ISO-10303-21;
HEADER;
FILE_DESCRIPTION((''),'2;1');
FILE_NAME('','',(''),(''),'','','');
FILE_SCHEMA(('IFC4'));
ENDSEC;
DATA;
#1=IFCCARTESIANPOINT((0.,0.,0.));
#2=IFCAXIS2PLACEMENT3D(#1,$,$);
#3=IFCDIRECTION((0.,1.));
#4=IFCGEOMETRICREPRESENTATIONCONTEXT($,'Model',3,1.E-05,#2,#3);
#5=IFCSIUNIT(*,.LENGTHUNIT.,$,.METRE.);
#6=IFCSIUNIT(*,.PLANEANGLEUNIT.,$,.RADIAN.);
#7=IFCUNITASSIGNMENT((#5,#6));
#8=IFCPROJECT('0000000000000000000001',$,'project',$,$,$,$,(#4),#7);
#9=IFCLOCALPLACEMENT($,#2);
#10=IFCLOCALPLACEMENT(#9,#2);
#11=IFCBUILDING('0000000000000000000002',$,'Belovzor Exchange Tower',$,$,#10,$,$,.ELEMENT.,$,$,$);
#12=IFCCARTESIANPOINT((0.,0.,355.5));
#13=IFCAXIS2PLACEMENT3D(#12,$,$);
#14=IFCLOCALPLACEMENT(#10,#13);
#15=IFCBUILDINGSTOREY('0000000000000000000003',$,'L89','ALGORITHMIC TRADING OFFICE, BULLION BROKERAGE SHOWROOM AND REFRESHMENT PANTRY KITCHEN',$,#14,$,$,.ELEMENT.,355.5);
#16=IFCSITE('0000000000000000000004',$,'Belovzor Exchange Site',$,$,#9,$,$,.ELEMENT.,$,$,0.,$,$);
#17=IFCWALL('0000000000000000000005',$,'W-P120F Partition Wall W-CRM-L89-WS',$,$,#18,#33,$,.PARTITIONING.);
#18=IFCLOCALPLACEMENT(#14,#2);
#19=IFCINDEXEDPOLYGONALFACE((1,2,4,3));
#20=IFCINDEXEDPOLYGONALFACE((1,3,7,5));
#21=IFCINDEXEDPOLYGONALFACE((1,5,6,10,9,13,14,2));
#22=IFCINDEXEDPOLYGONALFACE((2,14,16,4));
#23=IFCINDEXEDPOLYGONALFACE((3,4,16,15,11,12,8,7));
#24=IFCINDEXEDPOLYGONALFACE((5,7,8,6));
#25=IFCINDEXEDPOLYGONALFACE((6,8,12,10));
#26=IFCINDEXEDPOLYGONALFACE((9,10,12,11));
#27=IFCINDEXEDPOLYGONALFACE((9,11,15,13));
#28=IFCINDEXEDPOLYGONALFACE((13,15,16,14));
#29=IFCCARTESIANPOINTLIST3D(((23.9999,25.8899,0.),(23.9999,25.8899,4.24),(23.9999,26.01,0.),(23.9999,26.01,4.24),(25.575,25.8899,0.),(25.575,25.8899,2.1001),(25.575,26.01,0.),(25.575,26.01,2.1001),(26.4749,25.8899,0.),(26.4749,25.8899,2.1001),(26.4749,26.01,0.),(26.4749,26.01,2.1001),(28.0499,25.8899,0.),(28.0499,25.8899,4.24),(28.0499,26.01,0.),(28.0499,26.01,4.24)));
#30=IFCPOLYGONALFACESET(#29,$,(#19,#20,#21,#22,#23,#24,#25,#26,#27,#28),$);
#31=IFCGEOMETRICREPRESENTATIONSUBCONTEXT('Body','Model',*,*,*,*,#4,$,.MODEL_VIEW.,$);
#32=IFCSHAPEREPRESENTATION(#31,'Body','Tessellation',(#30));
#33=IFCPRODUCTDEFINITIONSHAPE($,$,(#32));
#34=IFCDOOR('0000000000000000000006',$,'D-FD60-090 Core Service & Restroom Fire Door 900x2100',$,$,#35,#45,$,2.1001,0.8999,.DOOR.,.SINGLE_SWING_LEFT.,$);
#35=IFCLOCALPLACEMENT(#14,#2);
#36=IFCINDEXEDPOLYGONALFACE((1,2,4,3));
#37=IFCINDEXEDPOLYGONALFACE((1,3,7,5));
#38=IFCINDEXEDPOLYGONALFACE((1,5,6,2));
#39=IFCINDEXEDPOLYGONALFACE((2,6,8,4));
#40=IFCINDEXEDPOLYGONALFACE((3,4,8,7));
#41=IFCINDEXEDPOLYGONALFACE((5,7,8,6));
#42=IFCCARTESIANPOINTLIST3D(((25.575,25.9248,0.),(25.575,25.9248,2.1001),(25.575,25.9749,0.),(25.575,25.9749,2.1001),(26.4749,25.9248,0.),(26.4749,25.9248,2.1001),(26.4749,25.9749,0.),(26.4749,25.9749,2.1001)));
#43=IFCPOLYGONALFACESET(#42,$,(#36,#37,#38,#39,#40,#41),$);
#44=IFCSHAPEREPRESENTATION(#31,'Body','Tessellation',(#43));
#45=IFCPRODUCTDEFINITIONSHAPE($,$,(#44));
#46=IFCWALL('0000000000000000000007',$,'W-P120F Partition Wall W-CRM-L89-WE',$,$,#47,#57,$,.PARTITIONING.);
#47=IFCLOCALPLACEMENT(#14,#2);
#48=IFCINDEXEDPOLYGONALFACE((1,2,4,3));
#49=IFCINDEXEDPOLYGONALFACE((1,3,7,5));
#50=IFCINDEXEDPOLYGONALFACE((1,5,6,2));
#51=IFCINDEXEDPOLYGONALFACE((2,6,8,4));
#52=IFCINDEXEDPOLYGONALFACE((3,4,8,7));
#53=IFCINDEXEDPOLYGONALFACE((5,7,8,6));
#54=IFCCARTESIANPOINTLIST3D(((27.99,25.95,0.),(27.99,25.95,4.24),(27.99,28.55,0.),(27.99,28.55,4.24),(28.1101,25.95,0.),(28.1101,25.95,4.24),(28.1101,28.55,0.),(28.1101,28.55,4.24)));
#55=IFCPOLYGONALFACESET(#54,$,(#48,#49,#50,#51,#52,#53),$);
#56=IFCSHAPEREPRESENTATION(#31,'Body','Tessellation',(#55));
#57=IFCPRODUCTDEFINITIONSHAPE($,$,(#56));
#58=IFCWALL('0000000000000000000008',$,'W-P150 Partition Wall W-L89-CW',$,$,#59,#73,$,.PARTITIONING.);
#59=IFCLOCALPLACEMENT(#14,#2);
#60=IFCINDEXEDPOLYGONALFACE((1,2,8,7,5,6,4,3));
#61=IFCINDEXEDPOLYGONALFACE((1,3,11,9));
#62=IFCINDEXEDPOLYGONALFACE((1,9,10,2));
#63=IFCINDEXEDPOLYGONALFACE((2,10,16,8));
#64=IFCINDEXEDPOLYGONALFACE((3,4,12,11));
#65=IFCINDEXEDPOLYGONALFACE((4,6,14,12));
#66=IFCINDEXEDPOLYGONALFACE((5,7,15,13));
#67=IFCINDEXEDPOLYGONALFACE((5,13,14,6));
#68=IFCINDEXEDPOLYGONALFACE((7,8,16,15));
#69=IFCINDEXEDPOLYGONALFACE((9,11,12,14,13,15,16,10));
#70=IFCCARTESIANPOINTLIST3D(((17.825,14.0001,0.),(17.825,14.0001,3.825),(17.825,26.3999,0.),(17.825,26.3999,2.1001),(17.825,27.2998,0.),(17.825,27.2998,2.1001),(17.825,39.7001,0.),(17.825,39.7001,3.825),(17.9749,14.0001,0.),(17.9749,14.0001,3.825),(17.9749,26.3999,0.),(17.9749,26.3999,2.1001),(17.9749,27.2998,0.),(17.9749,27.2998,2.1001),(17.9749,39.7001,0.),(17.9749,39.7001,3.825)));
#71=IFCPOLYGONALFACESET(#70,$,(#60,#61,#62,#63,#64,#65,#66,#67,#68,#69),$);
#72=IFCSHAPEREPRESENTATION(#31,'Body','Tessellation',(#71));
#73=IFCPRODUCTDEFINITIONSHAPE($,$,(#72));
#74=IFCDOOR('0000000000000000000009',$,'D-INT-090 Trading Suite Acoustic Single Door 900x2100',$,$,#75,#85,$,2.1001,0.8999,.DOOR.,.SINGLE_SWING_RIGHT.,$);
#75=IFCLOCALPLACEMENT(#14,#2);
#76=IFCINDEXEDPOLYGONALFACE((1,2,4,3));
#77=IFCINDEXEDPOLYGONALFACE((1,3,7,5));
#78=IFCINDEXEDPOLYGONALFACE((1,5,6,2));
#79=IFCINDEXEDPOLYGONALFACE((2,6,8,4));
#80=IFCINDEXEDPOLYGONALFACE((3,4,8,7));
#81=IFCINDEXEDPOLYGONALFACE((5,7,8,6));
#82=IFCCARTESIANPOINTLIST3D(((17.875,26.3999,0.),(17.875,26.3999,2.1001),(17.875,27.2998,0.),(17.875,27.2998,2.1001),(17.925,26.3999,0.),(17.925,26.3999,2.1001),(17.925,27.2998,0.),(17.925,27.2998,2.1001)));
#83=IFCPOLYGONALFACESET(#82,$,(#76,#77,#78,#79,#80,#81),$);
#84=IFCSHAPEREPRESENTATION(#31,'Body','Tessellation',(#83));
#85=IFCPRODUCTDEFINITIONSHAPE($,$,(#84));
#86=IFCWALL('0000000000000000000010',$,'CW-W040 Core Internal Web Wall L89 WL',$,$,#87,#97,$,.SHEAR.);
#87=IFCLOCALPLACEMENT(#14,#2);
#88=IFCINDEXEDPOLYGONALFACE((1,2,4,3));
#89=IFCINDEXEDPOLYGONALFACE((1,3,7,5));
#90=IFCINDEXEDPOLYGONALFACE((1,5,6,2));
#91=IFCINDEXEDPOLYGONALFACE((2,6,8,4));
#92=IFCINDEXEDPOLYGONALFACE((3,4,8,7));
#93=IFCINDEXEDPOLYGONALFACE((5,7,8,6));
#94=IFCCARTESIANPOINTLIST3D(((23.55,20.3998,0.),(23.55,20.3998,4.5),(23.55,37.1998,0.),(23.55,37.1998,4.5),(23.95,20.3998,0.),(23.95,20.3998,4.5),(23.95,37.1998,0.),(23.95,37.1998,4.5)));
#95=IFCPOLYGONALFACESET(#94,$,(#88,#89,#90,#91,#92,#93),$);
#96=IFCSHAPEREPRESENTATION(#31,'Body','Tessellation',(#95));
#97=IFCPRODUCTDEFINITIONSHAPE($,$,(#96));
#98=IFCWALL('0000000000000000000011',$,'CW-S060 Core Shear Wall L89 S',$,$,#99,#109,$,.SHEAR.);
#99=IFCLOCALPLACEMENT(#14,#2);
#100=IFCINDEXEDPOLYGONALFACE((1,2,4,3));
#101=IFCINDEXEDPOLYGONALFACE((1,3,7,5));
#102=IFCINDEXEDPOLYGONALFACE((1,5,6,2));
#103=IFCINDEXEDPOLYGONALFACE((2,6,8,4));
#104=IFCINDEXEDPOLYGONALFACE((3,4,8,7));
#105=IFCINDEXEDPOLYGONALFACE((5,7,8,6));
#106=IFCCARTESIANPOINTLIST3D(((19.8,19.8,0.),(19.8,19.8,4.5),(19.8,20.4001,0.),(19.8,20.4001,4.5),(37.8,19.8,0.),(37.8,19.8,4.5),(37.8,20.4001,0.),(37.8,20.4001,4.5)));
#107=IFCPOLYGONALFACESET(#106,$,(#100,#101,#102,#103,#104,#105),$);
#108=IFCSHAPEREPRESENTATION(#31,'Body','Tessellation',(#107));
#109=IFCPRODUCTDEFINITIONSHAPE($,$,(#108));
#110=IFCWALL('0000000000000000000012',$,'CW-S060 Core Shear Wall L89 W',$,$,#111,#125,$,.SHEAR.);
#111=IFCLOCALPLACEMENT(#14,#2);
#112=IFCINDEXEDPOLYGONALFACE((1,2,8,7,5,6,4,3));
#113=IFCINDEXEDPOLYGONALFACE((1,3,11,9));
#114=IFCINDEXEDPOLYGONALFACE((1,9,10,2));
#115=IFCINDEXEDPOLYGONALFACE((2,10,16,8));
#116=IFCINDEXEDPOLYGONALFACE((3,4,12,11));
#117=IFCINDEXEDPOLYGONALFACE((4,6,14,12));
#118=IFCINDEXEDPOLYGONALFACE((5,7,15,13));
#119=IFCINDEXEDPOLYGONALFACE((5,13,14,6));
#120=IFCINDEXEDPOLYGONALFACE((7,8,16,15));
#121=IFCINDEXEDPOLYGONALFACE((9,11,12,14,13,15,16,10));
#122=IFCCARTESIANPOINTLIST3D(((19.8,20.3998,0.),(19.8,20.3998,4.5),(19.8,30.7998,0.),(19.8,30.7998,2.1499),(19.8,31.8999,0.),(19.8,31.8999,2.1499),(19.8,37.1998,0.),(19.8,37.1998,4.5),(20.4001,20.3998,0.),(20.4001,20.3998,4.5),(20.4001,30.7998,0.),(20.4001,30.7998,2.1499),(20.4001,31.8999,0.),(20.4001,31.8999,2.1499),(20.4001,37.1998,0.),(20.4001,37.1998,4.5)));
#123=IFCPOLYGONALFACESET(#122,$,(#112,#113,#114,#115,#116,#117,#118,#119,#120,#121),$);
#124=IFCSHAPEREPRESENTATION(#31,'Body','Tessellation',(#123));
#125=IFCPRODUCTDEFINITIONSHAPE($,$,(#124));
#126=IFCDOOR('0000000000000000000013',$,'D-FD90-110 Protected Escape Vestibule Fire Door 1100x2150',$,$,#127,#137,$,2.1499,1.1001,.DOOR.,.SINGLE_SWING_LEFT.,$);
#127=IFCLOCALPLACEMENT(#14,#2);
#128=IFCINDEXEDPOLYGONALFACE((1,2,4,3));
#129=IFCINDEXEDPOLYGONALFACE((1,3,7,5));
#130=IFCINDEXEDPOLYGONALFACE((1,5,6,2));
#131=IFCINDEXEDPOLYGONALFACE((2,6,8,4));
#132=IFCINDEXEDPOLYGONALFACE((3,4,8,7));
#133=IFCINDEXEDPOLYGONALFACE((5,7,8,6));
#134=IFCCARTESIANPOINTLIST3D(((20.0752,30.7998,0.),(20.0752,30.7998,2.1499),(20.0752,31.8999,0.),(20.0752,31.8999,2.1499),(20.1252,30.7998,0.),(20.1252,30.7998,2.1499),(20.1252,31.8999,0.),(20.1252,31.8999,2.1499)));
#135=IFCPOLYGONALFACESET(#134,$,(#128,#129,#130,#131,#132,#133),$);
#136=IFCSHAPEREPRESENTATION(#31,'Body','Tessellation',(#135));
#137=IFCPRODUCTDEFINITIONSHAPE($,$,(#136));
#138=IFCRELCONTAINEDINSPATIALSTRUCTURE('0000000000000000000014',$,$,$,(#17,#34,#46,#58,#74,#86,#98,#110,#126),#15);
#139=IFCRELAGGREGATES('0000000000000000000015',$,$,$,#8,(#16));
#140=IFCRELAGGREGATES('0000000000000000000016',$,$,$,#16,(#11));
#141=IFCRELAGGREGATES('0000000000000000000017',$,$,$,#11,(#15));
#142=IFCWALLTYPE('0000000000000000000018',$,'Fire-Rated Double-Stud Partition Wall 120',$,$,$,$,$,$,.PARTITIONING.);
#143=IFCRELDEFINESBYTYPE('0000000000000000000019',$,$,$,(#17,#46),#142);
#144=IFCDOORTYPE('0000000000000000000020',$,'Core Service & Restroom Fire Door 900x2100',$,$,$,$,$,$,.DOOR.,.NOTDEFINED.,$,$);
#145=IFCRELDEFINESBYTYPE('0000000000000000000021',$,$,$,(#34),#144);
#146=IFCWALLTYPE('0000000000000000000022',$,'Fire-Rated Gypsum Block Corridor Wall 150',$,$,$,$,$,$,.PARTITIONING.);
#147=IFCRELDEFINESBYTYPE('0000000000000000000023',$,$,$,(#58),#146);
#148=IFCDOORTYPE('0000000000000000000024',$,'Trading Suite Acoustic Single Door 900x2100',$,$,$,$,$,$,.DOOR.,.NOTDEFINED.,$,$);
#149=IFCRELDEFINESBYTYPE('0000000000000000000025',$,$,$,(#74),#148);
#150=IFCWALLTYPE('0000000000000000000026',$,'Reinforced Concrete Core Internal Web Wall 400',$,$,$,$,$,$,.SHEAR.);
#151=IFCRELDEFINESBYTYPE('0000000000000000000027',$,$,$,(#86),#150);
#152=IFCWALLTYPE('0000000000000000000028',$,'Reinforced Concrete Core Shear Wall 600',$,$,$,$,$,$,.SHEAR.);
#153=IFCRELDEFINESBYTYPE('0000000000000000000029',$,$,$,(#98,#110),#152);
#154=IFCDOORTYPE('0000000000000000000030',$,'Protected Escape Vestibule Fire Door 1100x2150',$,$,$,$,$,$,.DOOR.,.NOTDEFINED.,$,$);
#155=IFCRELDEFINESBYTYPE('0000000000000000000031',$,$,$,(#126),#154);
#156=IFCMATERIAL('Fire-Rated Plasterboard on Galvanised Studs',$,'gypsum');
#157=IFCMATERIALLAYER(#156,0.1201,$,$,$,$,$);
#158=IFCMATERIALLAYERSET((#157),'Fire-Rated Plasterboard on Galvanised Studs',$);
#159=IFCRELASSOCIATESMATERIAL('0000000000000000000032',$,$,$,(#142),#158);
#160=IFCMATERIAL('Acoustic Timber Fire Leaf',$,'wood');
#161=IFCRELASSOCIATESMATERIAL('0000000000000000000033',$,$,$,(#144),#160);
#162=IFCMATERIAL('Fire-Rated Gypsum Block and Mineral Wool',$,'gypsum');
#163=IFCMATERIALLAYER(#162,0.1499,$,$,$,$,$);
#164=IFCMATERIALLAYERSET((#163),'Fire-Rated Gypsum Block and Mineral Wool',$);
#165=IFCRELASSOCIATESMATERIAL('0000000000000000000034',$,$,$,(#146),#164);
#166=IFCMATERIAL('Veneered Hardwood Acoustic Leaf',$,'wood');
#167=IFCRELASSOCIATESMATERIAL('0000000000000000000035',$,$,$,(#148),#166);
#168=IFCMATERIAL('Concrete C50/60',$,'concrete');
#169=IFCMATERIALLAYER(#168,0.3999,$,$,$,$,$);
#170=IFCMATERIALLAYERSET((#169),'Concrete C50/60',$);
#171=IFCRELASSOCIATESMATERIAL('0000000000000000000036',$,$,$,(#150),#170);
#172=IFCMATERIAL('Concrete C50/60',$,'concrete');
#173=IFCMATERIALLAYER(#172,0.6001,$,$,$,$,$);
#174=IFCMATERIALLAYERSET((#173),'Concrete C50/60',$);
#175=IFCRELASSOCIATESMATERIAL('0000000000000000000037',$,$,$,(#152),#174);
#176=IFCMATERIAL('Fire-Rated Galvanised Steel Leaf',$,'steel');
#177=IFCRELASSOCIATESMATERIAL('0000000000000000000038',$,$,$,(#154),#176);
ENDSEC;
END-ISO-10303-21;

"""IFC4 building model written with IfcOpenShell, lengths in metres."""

from ifc_helpers import new_model, si_unit, direction, frame, frame_2d, origin, place, context, subcontext, project, spatial, rectangle, extrude, material, layer, layer_set, type_object, element, fill, save


model = new_model("IFC4")

# Units and contexts
model_context = context("Model", 3, precision=1e-05, world=origin(), true_north=direction((0.0, 1.0)))
body_context = subcontext(model_context, "Body", "Model", "MODEL_VIEW")
ifc_project = project(units=[si_unit("LENGTHUNIT", "METRE"), si_unit("PLANEANGLEUNIT", "RADIAN")], contexts=[model_context])

# Site, building, storey
site_placement = place(None, origin())
site = spatial("IfcSite", under=ifc_project, at=site_placement, Name="Belovzor Exchange Site", CompositionType="ELEMENT", RefElevation=0.0)
building_placement = place(site_placement, origin())
building = spatial("IfcBuilding", under=site, at=building_placement, Name="Belovzor Exchange Tower", CompositionType="ELEMENT")
storey_placement = place(building_placement, frame((0.0, 0.0, 355.5)))
storey = spatial("IfcBuildingStorey", under=building, at=storey_placement, Name="L89", Description="ALGORITHMIC TRADING OFFICE, BULLION BROKERAGE SHOWROOM AND REFRESHMENT PANTRY KITCHEN", CompositionType="ELEMENT", Elevation=355.5)

# Shared definitions
ifc_material_1 = material(Name="Fire-Rated Plasterboard on Galvanised Studs", Category="gypsum")
ifc_layer_1 = layer(ifc_material_1, 0.1201)
ifc_layer_set_1 = layer_set([ifc_layer_1], Name="Fire-Rated Plasterboard on Galvanised Studs")
wall_type_1 = type_object("IfcWallType", Name="Fire-Rated Double-Stud Partition Wall 120", PredefinedType="PARTITIONING", material=ifc_layer_set_1)
ifc_material_2 = material(Name="Acoustic Timber Fire Leaf", Category="wood")
door_type_1 = type_object("IfcDoorType", Name="Core Service & Restroom Fire Door 900x2100", OperationType="NOTDEFINED", PredefinedType="DOOR", material=ifc_material_2)

# Wall, opening, door
wall_1_placement = place(storey_placement, frame((24.0, 25.95, 0.0), z_axis=(0.0, 0.0, 1.0), x_axis=(1.0, 0.0, 0.0)))
wall_1 = element("IfcWall", 1, at=wall_1_placement, inside=storey, type_object=wall_type_1, Name="W-P120F Partition Wall W-CRM-L89-WS", PredefinedType="PARTITIONING", context=body_context, shape_type="SweptSolid", body=[
    extrude(rectangle(XDim=4.05, YDim=0.1201, at=frame_2d((2.0249, 0.0))), origin(), (0.0, 0.0, 1.0), 4.24),
])
opening_1_placement = place(wall_1_placement, frame((1.575, 0.0, 0.0)))
opening_1 = element("IfcOpeningElement", 2, at=opening_1_placement, cuts=wall_1, PredefinedType="OPENING", context=body_context, shape_type="SweptSolid", body=[
    extrude(rectangle(XDim=0.8999, YDim=2.1001, at=frame_2d((0.45, 1.05))), frame((0.0, 0.0701, 0.0), z_axis=(0.0, -1.0, 0.0), x_axis=(1.0, 0.0, 0.0)), (0.0, 0.0, 1.0), 0.1401),
])
door_1_placement = place(opening_1_placement, origin())
door_1 = element("IfcDoor", 3, at=door_1_placement, inside=storey, type_object=door_type_1, Name="D-FD60-090 Core Service & Restroom Fire Door 900x2100", OperationType="SINGLE_SWING_LEFT", OverallHeight=2.1001, OverallWidth=0.8999, PredefinedType="DOOR", context=body_context, shape_type="SweptSolid", body=[
    extrude(rectangle(XDim=0.8999, YDim=2.1001, at=frame_2d((0.45, 1.05))), frame((0.0, 0.0249, 0.0), z_axis=(0.0, -1.0, 0.0), x_axis=(1.0, 0.0, 0.0)), (0.0, 0.0, 1.0), 0.05),
])
fill(opening_1, door_1)

# Wall
wall_2_placement = place(storey_placement, frame((28.05, 25.95, 0.0), z_axis=(0.0, 0.0, 1.0), x_axis=(0.0, 1.0, 0.0)))
element("IfcWall", 4, at=wall_2_placement, inside=storey, type_object=wall_type_1, Name="W-P120F Partition Wall W-CRM-L89-WE", PredefinedType="PARTITIONING", context=body_context, shape_type="SweptSolid", body=[
    extrude(rectangle(XDim=2.6001, YDim=0.1201, at=frame_2d((1.3, 0.0))), origin(), (0.0, 0.0, 1.0), 4.24),
])

# Wall, opening, door
ifc_material_3 = material(Name="Fire-Rated Gypsum Block and Mineral Wool", Category="gypsum")
ifc_layer_2 = layer(ifc_material_3, 0.1499)
ifc_layer_set_2 = layer_set([ifc_layer_2], Name="Fire-Rated Gypsum Block and Mineral Wool")
wall_type_2 = type_object("IfcWallType", Name="Fire-Rated Gypsum Block Corridor Wall 150", PredefinedType="PARTITIONING", material=ifc_layer_set_2)
wall_3_placement = place(storey_placement, frame((17.8999, 14.0, 0.0), z_axis=(0.0, 0.0, 1.0), x_axis=(0.0, 1.0, 0.0)))
wall_3 = element("IfcWall", 5, at=wall_3_placement, inside=storey, type_object=wall_type_2, Name="W-P150 Partition Wall W-L89-CW", PredefinedType="PARTITIONING", context=body_context, shape_type="SweptSolid", body=[
    extrude(rectangle(XDim=25.7, YDim=0.1499, at=frame_2d((12.8501, 0.0))), origin(), (0.0, 0.0, 1.0), 3.825),
])
opening_2_placement = place(wall_3_placement, frame((12.3999, 0.0, 0.0)))
opening_2 = element("IfcOpeningElement", 6, at=opening_2_placement, cuts=wall_3, PredefinedType="OPENING", context=body_context, shape_type="SweptSolid", body=[
    extrude(rectangle(XDim=0.8999, YDim=2.1001, at=frame_2d((0.45, 1.05))), frame((0.0, 0.085, 0.0), z_axis=(0.0, -1.0, 0.0), x_axis=(1.0, 0.0, 0.0)), (0.0, 0.0, 1.0), 0.1699),
])
ifc_material_4 = material(Name="Veneered Hardwood Acoustic Leaf", Category="wood")
door_type_2 = type_object("IfcDoorType", Name="Trading Suite Acoustic Single Door 900x2100", OperationType="NOTDEFINED", PredefinedType="DOOR", material=ifc_material_4)
door_2_placement = place(opening_2_placement, origin())
door_2 = element("IfcDoor", 7, at=door_2_placement, inside=storey, type_object=door_type_2, Name="D-INT-090 Trading Suite Acoustic Single Door 900x2100", OperationType="SINGLE_SWING_RIGHT", OverallHeight=2.1001, OverallWidth=0.8999, PredefinedType="DOOR", context=body_context, shape_type="SweptSolid", body=[
    extrude(rectangle(XDim=0.8999, YDim=2.1001, at=frame_2d((0.45, 1.05))), frame((0.0, 0.0249, 0.0), z_axis=(0.0, -1.0, 0.0), x_axis=(1.0, 0.0, 0.0)), (0.0, 0.0, 1.0), 0.05),
])
fill(opening_2, door_2)

# Walls
ifc_material_5 = material(Name="Concrete C50/60", Category="concrete")
ifc_layer_3 = layer(ifc_material_5, 0.3999)
ifc_layer_set_3 = layer_set([ifc_layer_3], Name="Concrete C50/60")
wall_type_3 = type_object("IfcWallType", Name="Reinforced Concrete Core Internal Web Wall 400", PredefinedType="SHEAR", material=ifc_layer_set_3)
wall_4_placement = place(storey_placement, frame((23.75, 20.3999, 0.0), z_axis=(0.0, 0.0, 1.0), x_axis=(0.0, 1.0, 0.0)))
element("IfcWall", 8, at=wall_4_placement, inside=storey, type_object=wall_type_3, Name="CW-W040 Core Internal Web Wall L89 WL", PredefinedType="SHEAR", context=body_context, shape_type="SweptSolid", body=[
    extrude(rectangle(XDim=16.8, YDim=0.3999, at=frame_2d((8.3999, 0.0))), origin(), (0.0, 0.0, 1.0), 4.5),
])
ifc_material_6 = material(Name="Concrete C50/60", Category="concrete")
ifc_layer_4 = layer(ifc_material_6, 0.6001)
ifc_layer_set_4 = layer_set([ifc_layer_4], Name="Concrete C50/60")
wall_type_4 = type_object("IfcWallType", Name="Reinforced Concrete Core Shear Wall 600", PredefinedType="SHEAR", material=ifc_layer_set_4)
wall_5_placement = place(storey_placement, frame((19.8, 20.1001, 0.0), z_axis=(0.0, 0.0, 1.0), x_axis=(1.0, 0.0, 0.0)))
element("IfcWall", 9, at=wall_5_placement, inside=storey, type_object=wall_type_4, Name="CW-S060 Core Shear Wall L89 S", PredefinedType="SHEAR", context=body_context, shape_type="SweptSolid", body=[
    extrude(rectangle(XDim=18.0, YDim=0.6001, at=frame_2d((9.0, 0.0))), origin(), (0.0, 0.0, 1.0), 4.5),
])

# Wall, opening, door
wall_6_placement = place(storey_placement, frame((20.1001, 20.3999, 0.0), z_axis=(0.0, 0.0, 1.0), x_axis=(0.0, 1.0, 0.0)))
wall_6 = element("IfcWall", 10, at=wall_6_placement, inside=storey, type_object=wall_type_4, Name="CW-S060 Core Shear Wall L89 W", PredefinedType="SHEAR", context=body_context, shape_type="SweptSolid", body=[
    extrude(rectangle(XDim=16.8, YDim=0.6001, at=frame_2d((8.3999, 0.0))), origin(), (0.0, 0.0, 1.0), 4.5),
])
opening_3_placement = place(wall_6_placement, frame((10.3999, 0.0, 0.0)))
opening_3 = element("IfcOpeningElement", 11, at=opening_3_placement, cuts=wall_6, PredefinedType="OPENING", context=body_context, shape_type="SweptSolid", body=[
    extrude(rectangle(XDim=1.1001, YDim=2.1499, at=frame_2d((0.55, 1.075))), frame((0.0, 0.3101, 0.0), z_axis=(0.0, -1.0, 0.0), x_axis=(1.0, 0.0, 0.0)), (0.0, 0.0, 1.0), 0.6201),
])
ifc_material_7 = material(Name="Fire-Rated Galvanised Steel Leaf", Category="steel")
door_type_3 = type_object("IfcDoorType", Name="Protected Escape Vestibule Fire Door 1100x2150", OperationType="NOTDEFINED", PredefinedType="DOOR", material=ifc_material_7)
door_3_placement = place(opening_3_placement, origin())
door_3 = element("IfcDoor", 12, at=door_3_placement, inside=storey, type_object=door_type_3, Name="D-FD90-110 Protected Escape Vestibule Fire Door 1100x2150", OperationType="SINGLE_SWING_LEFT", OverallHeight=2.1499, OverallWidth=1.1001, PredefinedType="DOOR", context=body_context, shape_type="SweptSolid", body=[
    extrude(rectangle(XDim=1.1001, YDim=2.1499, at=frame_2d((0.55, 1.075))), frame((0.0, 0.0249, 0.0), z_axis=(0.0, -1.0, 0.0), x_axis=(1.0, 0.0, 0.0)), (0.0, 0.0, 1.0), 0.05),
])
fill(opening_3, door_3)

save(model, "model.ifc")
